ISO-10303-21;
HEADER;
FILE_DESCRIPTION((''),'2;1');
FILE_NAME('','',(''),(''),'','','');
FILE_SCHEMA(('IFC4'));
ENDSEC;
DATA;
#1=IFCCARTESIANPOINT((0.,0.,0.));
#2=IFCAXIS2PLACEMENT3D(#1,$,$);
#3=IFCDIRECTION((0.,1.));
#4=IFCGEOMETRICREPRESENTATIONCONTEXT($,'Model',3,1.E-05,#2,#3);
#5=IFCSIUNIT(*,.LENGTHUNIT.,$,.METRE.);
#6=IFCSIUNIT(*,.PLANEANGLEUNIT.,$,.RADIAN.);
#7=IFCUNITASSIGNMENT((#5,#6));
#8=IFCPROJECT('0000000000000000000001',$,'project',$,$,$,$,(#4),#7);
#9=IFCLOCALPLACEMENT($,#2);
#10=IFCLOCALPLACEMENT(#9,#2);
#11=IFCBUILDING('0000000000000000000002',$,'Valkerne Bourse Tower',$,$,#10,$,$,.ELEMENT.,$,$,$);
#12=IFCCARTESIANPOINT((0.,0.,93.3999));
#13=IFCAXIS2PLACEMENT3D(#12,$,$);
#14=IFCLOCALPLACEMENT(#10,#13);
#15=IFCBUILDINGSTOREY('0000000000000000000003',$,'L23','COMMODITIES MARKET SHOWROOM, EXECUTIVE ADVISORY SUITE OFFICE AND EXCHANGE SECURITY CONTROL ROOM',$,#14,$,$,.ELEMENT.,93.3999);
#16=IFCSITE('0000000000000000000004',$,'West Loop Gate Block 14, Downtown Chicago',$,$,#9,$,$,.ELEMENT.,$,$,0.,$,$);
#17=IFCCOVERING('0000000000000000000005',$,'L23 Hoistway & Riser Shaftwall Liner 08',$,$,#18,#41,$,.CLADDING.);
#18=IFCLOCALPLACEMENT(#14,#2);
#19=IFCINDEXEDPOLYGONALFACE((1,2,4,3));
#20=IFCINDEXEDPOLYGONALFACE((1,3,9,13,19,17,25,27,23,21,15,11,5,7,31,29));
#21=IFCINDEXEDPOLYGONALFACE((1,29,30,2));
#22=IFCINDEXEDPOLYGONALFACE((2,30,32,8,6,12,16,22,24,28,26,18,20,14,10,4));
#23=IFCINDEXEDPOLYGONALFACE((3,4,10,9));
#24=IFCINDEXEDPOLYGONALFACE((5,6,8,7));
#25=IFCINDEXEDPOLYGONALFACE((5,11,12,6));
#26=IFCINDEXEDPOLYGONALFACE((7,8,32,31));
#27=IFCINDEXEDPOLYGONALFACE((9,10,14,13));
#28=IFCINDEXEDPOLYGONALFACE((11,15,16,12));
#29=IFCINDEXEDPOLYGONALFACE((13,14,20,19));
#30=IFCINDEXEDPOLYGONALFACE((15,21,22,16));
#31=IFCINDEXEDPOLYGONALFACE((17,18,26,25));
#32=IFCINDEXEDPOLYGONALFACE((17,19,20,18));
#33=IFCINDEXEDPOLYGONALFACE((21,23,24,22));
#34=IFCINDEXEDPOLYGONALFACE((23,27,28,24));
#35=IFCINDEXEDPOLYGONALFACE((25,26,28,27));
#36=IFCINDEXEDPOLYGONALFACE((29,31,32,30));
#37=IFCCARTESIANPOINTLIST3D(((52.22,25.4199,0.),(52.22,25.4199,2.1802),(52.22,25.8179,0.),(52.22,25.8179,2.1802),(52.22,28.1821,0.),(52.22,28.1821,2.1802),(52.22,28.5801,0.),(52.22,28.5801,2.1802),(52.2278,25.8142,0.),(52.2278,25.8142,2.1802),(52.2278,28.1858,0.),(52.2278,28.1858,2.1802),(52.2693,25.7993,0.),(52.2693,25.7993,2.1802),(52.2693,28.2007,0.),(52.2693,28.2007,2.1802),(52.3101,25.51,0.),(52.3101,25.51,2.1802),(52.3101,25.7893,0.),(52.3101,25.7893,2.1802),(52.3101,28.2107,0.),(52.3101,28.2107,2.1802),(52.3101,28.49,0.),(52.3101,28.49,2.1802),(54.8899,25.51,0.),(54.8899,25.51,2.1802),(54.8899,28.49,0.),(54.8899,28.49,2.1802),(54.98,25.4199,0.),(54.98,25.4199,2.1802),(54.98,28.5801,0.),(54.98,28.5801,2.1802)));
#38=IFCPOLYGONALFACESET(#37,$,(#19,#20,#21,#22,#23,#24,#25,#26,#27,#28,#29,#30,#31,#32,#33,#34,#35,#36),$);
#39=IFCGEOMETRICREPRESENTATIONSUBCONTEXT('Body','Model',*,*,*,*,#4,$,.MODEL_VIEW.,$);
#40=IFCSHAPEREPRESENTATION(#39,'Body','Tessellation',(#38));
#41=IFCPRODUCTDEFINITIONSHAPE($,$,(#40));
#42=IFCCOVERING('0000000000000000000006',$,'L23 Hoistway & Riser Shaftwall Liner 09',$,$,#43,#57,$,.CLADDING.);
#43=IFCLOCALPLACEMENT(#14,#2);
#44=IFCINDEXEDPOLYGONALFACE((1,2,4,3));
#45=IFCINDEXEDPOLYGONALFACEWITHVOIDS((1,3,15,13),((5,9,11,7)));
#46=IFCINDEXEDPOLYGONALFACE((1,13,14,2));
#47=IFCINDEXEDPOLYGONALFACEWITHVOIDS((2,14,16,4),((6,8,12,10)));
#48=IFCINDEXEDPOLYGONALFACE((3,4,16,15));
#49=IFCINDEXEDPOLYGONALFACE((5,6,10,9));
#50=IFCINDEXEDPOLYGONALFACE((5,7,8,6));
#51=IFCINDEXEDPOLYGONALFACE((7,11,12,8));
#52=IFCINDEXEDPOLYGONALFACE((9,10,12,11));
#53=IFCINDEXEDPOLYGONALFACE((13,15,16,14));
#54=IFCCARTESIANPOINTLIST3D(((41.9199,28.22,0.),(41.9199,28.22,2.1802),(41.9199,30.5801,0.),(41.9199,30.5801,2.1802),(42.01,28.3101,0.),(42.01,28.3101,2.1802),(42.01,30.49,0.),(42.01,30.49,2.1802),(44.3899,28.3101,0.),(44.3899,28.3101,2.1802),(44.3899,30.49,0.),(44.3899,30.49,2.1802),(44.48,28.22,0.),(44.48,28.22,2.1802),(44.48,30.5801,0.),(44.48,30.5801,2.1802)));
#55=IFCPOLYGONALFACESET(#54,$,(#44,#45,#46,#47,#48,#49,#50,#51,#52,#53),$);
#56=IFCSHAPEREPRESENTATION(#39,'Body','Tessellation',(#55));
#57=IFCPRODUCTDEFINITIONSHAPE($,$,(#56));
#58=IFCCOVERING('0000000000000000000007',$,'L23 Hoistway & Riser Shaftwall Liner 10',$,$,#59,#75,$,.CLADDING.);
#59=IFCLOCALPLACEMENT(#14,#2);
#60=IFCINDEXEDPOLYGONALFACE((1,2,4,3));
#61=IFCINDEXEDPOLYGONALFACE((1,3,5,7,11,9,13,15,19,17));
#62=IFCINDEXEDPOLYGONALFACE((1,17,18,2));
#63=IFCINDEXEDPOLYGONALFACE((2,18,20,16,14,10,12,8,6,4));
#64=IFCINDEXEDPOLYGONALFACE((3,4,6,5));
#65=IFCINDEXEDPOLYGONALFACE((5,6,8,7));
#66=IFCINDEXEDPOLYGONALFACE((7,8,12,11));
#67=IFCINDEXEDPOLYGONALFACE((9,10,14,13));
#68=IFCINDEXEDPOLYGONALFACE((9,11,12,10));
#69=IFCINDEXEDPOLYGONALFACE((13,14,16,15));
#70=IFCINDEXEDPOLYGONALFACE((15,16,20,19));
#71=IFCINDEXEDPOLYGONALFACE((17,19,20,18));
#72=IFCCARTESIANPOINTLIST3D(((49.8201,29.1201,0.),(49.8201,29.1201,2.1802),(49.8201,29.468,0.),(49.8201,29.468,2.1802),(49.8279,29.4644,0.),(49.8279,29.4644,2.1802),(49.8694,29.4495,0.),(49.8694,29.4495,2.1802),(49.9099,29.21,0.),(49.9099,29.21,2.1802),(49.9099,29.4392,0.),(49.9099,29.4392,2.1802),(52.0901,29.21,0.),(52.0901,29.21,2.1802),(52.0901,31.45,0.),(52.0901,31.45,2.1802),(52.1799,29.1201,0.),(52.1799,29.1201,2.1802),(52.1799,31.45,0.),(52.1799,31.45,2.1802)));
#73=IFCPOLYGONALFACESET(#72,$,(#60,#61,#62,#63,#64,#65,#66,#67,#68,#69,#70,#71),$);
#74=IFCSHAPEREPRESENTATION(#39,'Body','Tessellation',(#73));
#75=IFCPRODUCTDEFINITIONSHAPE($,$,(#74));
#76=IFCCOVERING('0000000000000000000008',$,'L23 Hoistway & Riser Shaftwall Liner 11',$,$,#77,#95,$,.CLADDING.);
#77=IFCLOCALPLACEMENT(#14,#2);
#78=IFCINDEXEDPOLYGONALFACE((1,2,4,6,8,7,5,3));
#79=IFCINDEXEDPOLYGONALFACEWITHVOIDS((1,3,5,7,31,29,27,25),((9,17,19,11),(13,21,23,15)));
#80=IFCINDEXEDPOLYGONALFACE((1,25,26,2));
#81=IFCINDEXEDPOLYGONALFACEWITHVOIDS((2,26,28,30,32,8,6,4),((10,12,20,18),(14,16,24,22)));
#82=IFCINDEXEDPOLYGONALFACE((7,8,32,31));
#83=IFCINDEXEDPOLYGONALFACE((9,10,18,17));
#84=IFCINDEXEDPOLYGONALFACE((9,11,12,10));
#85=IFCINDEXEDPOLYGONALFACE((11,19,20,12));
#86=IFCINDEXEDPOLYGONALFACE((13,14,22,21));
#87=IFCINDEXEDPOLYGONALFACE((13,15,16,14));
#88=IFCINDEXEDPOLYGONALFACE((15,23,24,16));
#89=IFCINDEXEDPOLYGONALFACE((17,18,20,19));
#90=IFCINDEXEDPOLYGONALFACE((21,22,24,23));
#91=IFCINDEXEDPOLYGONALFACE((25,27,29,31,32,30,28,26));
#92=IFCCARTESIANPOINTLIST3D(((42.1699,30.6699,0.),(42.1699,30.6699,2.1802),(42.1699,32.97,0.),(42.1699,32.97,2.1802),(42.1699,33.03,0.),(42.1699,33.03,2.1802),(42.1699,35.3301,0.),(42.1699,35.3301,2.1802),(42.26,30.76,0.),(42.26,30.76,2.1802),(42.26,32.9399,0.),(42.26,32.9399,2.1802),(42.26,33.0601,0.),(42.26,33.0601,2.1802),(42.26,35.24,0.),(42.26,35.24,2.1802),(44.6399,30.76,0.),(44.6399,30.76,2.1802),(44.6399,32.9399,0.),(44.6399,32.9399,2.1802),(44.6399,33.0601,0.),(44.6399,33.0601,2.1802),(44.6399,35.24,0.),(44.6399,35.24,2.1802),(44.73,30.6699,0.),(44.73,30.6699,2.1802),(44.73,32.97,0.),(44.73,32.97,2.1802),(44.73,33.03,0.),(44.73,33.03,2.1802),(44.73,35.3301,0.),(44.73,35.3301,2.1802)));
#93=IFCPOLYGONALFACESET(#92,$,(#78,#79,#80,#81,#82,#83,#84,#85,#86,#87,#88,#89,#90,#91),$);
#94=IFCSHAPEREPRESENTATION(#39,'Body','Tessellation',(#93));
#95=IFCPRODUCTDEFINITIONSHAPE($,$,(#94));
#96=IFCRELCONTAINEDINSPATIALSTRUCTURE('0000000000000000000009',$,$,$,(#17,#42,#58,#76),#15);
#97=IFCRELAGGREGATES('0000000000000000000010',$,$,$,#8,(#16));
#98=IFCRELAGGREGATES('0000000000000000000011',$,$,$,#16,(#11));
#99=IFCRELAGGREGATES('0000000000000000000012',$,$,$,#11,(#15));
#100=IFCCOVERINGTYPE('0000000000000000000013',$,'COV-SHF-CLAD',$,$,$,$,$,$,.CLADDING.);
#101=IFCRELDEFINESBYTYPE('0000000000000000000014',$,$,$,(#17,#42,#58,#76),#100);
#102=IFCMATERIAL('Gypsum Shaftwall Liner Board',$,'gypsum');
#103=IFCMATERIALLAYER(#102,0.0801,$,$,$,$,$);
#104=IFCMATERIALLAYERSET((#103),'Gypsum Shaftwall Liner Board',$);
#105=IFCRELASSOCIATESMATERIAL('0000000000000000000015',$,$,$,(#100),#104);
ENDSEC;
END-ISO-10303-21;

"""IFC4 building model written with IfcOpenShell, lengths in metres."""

from ifc_helpers import new_model, si_unit, direction, frame, origin, place, context, subcontext, project, spatial, polyline, outline, extrude, material, layer, layer_set, type_object, element, save


model = new_model("IFC4")

# Units and contexts
model_context = context("Model", 3, precision=1e-05, world=origin(), true_north=direction((0.0, 1.0)))
body_context = subcontext(model_context, "Body", "Model", "MODEL_VIEW")
ifc_project = project(units=[si_unit("LENGTHUNIT", "METRE"), si_unit("PLANEANGLEUNIT", "RADIAN")], contexts=[model_context])

# Site, building, storey
site_placement = place(None, origin())
site = spatial("IfcSite", under=ifc_project, at=site_placement, Name="West Loop Gate Block 14, Downtown Chicago", CompositionType="ELEMENT", RefElevation=0.0)
building_placement = place(site_placement, origin())
building = spatial("IfcBuilding", under=site, at=building_placement, Name="Valkerne Bourse Tower", CompositionType="ELEMENT")
storey_placement = place(building_placement, frame((0.0, 0.0, 93.3999)))
storey = spatial("IfcBuildingStorey", under=building, at=storey_placement, Name="L23", Description="COMMODITIES MARKET SHOWROOM, EXECUTIVE ADVISORY SUITE OFFICE AND EXCHANGE SECURITY CONTROL ROOM", CompositionType="ELEMENT", Elevation=93.3999)

# Coverings
ifc_material_1 = material(Name="Gypsum Shaftwall Liner Board", Category="gypsum")
ifc_layer_1 = layer(ifc_material_1, 0.0801)
ifc_layer_set_1 = layer_set([ifc_layer_1], Name="Gypsum Shaftwall Liner Board")
covering_type_1 = type_object("IfcCoveringType", Name="COV-SHF-CLAD", PredefinedType="CLADDING", material=ifc_layer_set_1)
covering_1_placement = place(storey_placement, origin())
element("IfcCovering", 1, at=covering_1_placement, inside=storey, type_object=covering_type_1, Name="L23 Hoistway & Riser Shaftwall Liner 08", PredefinedType="CLADDING", context=body_context, shape_type="SweptSolid", body=[
    extrude(outline(polyline([(54.98, 25.4199), (52.22, 25.4199), (52.22, 25.8179), (52.2278, 25.8142), (52.2693, 25.7993), (52.3101, 25.7893), (52.3101, 25.51), (54.8899, 25.51), (54.8899, 28.49), (52.3101, 28.49), (52.3101, 28.2107), (52.2693, 28.2007), (52.2278, 28.1858), (52.22, 28.1821), (52.22, 28.5801), (54.98, 28.5801), (54.98, 25.4199)])), origin(), (0.0, 0.0, 1.0), 2.1802),
])
covering_2_placement = place(storey_placement, origin())
element("IfcCovering", 2, at=covering_2_placement, inside=storey, type_object=covering_type_1, Name="L23 Hoistway & Riser Shaftwall Liner 09", PredefinedType="CLADDING", context=body_context, shape_type="SweptSolid", body=[
    extrude(outline(polyline([(44.48, 28.22), (41.9199, 28.22), (41.9199, 30.5801), (44.48, 30.5801), (44.48, 28.22)]), holes=[polyline([(42.01, 30.49), (42.01, 28.3101), (44.3899, 28.3101), (44.3899, 30.49), (42.01, 30.49)])]), origin(), (0.0, 0.0, 1.0), 2.1802),
])
covering_3_placement = place(storey_placement, origin())
element("IfcCovering", 3, at=covering_3_placement, inside=storey, type_object=covering_type_1, Name="L23 Hoistway & Riser Shaftwall Liner 10", PredefinedType="CLADDING", context=body_context, shape_type="SweptSolid", body=[
    extrude(outline(polyline([(49.8201, 29.1201), (49.8201, 29.468), (49.8279, 29.4644), (49.8694, 29.4495), (49.9099, 29.4392), (49.9099, 29.21), (52.0901, 29.21), (52.0901, 31.45), (52.1799, 31.45), (52.1799, 29.1201), (49.8201, 29.1201)])), origin(), (0.0, 0.0, 1.0), 2.1802),
])
covering_4_placement = place(storey_placement, origin())
element("IfcCovering", 4, at=covering_4_placement, inside=storey, type_object=covering_type_1, Name="L23 Hoistway & Riser Shaftwall Liner 11", PredefinedType="CLADDING", context=body_context, shape_type="SweptSolid", body=[
    extrude(outline(polyline([(44.73, 35.3301), (44.73, 33.03), (44.73, 32.97), (44.73, 30.6699), (42.1699, 30.6699), (42.1699, 32.97), (42.1699, 33.03), (42.1699, 35.3301), (44.73, 35.3301)]), holes=[polyline([(42.26, 30.76), (44.6399, 30.76), (44.6399, 32.9399), (42.26, 32.9399), (42.26, 30.76)]), polyline([(42.26, 33.0601), (44.6399, 33.0601), (44.6399, 35.24), (42.26, 35.24), (42.26, 33.0601)])]), origin(), (0.0, 0.0, 1.0), 2.1802),
])

save(model, "model.ifc")
